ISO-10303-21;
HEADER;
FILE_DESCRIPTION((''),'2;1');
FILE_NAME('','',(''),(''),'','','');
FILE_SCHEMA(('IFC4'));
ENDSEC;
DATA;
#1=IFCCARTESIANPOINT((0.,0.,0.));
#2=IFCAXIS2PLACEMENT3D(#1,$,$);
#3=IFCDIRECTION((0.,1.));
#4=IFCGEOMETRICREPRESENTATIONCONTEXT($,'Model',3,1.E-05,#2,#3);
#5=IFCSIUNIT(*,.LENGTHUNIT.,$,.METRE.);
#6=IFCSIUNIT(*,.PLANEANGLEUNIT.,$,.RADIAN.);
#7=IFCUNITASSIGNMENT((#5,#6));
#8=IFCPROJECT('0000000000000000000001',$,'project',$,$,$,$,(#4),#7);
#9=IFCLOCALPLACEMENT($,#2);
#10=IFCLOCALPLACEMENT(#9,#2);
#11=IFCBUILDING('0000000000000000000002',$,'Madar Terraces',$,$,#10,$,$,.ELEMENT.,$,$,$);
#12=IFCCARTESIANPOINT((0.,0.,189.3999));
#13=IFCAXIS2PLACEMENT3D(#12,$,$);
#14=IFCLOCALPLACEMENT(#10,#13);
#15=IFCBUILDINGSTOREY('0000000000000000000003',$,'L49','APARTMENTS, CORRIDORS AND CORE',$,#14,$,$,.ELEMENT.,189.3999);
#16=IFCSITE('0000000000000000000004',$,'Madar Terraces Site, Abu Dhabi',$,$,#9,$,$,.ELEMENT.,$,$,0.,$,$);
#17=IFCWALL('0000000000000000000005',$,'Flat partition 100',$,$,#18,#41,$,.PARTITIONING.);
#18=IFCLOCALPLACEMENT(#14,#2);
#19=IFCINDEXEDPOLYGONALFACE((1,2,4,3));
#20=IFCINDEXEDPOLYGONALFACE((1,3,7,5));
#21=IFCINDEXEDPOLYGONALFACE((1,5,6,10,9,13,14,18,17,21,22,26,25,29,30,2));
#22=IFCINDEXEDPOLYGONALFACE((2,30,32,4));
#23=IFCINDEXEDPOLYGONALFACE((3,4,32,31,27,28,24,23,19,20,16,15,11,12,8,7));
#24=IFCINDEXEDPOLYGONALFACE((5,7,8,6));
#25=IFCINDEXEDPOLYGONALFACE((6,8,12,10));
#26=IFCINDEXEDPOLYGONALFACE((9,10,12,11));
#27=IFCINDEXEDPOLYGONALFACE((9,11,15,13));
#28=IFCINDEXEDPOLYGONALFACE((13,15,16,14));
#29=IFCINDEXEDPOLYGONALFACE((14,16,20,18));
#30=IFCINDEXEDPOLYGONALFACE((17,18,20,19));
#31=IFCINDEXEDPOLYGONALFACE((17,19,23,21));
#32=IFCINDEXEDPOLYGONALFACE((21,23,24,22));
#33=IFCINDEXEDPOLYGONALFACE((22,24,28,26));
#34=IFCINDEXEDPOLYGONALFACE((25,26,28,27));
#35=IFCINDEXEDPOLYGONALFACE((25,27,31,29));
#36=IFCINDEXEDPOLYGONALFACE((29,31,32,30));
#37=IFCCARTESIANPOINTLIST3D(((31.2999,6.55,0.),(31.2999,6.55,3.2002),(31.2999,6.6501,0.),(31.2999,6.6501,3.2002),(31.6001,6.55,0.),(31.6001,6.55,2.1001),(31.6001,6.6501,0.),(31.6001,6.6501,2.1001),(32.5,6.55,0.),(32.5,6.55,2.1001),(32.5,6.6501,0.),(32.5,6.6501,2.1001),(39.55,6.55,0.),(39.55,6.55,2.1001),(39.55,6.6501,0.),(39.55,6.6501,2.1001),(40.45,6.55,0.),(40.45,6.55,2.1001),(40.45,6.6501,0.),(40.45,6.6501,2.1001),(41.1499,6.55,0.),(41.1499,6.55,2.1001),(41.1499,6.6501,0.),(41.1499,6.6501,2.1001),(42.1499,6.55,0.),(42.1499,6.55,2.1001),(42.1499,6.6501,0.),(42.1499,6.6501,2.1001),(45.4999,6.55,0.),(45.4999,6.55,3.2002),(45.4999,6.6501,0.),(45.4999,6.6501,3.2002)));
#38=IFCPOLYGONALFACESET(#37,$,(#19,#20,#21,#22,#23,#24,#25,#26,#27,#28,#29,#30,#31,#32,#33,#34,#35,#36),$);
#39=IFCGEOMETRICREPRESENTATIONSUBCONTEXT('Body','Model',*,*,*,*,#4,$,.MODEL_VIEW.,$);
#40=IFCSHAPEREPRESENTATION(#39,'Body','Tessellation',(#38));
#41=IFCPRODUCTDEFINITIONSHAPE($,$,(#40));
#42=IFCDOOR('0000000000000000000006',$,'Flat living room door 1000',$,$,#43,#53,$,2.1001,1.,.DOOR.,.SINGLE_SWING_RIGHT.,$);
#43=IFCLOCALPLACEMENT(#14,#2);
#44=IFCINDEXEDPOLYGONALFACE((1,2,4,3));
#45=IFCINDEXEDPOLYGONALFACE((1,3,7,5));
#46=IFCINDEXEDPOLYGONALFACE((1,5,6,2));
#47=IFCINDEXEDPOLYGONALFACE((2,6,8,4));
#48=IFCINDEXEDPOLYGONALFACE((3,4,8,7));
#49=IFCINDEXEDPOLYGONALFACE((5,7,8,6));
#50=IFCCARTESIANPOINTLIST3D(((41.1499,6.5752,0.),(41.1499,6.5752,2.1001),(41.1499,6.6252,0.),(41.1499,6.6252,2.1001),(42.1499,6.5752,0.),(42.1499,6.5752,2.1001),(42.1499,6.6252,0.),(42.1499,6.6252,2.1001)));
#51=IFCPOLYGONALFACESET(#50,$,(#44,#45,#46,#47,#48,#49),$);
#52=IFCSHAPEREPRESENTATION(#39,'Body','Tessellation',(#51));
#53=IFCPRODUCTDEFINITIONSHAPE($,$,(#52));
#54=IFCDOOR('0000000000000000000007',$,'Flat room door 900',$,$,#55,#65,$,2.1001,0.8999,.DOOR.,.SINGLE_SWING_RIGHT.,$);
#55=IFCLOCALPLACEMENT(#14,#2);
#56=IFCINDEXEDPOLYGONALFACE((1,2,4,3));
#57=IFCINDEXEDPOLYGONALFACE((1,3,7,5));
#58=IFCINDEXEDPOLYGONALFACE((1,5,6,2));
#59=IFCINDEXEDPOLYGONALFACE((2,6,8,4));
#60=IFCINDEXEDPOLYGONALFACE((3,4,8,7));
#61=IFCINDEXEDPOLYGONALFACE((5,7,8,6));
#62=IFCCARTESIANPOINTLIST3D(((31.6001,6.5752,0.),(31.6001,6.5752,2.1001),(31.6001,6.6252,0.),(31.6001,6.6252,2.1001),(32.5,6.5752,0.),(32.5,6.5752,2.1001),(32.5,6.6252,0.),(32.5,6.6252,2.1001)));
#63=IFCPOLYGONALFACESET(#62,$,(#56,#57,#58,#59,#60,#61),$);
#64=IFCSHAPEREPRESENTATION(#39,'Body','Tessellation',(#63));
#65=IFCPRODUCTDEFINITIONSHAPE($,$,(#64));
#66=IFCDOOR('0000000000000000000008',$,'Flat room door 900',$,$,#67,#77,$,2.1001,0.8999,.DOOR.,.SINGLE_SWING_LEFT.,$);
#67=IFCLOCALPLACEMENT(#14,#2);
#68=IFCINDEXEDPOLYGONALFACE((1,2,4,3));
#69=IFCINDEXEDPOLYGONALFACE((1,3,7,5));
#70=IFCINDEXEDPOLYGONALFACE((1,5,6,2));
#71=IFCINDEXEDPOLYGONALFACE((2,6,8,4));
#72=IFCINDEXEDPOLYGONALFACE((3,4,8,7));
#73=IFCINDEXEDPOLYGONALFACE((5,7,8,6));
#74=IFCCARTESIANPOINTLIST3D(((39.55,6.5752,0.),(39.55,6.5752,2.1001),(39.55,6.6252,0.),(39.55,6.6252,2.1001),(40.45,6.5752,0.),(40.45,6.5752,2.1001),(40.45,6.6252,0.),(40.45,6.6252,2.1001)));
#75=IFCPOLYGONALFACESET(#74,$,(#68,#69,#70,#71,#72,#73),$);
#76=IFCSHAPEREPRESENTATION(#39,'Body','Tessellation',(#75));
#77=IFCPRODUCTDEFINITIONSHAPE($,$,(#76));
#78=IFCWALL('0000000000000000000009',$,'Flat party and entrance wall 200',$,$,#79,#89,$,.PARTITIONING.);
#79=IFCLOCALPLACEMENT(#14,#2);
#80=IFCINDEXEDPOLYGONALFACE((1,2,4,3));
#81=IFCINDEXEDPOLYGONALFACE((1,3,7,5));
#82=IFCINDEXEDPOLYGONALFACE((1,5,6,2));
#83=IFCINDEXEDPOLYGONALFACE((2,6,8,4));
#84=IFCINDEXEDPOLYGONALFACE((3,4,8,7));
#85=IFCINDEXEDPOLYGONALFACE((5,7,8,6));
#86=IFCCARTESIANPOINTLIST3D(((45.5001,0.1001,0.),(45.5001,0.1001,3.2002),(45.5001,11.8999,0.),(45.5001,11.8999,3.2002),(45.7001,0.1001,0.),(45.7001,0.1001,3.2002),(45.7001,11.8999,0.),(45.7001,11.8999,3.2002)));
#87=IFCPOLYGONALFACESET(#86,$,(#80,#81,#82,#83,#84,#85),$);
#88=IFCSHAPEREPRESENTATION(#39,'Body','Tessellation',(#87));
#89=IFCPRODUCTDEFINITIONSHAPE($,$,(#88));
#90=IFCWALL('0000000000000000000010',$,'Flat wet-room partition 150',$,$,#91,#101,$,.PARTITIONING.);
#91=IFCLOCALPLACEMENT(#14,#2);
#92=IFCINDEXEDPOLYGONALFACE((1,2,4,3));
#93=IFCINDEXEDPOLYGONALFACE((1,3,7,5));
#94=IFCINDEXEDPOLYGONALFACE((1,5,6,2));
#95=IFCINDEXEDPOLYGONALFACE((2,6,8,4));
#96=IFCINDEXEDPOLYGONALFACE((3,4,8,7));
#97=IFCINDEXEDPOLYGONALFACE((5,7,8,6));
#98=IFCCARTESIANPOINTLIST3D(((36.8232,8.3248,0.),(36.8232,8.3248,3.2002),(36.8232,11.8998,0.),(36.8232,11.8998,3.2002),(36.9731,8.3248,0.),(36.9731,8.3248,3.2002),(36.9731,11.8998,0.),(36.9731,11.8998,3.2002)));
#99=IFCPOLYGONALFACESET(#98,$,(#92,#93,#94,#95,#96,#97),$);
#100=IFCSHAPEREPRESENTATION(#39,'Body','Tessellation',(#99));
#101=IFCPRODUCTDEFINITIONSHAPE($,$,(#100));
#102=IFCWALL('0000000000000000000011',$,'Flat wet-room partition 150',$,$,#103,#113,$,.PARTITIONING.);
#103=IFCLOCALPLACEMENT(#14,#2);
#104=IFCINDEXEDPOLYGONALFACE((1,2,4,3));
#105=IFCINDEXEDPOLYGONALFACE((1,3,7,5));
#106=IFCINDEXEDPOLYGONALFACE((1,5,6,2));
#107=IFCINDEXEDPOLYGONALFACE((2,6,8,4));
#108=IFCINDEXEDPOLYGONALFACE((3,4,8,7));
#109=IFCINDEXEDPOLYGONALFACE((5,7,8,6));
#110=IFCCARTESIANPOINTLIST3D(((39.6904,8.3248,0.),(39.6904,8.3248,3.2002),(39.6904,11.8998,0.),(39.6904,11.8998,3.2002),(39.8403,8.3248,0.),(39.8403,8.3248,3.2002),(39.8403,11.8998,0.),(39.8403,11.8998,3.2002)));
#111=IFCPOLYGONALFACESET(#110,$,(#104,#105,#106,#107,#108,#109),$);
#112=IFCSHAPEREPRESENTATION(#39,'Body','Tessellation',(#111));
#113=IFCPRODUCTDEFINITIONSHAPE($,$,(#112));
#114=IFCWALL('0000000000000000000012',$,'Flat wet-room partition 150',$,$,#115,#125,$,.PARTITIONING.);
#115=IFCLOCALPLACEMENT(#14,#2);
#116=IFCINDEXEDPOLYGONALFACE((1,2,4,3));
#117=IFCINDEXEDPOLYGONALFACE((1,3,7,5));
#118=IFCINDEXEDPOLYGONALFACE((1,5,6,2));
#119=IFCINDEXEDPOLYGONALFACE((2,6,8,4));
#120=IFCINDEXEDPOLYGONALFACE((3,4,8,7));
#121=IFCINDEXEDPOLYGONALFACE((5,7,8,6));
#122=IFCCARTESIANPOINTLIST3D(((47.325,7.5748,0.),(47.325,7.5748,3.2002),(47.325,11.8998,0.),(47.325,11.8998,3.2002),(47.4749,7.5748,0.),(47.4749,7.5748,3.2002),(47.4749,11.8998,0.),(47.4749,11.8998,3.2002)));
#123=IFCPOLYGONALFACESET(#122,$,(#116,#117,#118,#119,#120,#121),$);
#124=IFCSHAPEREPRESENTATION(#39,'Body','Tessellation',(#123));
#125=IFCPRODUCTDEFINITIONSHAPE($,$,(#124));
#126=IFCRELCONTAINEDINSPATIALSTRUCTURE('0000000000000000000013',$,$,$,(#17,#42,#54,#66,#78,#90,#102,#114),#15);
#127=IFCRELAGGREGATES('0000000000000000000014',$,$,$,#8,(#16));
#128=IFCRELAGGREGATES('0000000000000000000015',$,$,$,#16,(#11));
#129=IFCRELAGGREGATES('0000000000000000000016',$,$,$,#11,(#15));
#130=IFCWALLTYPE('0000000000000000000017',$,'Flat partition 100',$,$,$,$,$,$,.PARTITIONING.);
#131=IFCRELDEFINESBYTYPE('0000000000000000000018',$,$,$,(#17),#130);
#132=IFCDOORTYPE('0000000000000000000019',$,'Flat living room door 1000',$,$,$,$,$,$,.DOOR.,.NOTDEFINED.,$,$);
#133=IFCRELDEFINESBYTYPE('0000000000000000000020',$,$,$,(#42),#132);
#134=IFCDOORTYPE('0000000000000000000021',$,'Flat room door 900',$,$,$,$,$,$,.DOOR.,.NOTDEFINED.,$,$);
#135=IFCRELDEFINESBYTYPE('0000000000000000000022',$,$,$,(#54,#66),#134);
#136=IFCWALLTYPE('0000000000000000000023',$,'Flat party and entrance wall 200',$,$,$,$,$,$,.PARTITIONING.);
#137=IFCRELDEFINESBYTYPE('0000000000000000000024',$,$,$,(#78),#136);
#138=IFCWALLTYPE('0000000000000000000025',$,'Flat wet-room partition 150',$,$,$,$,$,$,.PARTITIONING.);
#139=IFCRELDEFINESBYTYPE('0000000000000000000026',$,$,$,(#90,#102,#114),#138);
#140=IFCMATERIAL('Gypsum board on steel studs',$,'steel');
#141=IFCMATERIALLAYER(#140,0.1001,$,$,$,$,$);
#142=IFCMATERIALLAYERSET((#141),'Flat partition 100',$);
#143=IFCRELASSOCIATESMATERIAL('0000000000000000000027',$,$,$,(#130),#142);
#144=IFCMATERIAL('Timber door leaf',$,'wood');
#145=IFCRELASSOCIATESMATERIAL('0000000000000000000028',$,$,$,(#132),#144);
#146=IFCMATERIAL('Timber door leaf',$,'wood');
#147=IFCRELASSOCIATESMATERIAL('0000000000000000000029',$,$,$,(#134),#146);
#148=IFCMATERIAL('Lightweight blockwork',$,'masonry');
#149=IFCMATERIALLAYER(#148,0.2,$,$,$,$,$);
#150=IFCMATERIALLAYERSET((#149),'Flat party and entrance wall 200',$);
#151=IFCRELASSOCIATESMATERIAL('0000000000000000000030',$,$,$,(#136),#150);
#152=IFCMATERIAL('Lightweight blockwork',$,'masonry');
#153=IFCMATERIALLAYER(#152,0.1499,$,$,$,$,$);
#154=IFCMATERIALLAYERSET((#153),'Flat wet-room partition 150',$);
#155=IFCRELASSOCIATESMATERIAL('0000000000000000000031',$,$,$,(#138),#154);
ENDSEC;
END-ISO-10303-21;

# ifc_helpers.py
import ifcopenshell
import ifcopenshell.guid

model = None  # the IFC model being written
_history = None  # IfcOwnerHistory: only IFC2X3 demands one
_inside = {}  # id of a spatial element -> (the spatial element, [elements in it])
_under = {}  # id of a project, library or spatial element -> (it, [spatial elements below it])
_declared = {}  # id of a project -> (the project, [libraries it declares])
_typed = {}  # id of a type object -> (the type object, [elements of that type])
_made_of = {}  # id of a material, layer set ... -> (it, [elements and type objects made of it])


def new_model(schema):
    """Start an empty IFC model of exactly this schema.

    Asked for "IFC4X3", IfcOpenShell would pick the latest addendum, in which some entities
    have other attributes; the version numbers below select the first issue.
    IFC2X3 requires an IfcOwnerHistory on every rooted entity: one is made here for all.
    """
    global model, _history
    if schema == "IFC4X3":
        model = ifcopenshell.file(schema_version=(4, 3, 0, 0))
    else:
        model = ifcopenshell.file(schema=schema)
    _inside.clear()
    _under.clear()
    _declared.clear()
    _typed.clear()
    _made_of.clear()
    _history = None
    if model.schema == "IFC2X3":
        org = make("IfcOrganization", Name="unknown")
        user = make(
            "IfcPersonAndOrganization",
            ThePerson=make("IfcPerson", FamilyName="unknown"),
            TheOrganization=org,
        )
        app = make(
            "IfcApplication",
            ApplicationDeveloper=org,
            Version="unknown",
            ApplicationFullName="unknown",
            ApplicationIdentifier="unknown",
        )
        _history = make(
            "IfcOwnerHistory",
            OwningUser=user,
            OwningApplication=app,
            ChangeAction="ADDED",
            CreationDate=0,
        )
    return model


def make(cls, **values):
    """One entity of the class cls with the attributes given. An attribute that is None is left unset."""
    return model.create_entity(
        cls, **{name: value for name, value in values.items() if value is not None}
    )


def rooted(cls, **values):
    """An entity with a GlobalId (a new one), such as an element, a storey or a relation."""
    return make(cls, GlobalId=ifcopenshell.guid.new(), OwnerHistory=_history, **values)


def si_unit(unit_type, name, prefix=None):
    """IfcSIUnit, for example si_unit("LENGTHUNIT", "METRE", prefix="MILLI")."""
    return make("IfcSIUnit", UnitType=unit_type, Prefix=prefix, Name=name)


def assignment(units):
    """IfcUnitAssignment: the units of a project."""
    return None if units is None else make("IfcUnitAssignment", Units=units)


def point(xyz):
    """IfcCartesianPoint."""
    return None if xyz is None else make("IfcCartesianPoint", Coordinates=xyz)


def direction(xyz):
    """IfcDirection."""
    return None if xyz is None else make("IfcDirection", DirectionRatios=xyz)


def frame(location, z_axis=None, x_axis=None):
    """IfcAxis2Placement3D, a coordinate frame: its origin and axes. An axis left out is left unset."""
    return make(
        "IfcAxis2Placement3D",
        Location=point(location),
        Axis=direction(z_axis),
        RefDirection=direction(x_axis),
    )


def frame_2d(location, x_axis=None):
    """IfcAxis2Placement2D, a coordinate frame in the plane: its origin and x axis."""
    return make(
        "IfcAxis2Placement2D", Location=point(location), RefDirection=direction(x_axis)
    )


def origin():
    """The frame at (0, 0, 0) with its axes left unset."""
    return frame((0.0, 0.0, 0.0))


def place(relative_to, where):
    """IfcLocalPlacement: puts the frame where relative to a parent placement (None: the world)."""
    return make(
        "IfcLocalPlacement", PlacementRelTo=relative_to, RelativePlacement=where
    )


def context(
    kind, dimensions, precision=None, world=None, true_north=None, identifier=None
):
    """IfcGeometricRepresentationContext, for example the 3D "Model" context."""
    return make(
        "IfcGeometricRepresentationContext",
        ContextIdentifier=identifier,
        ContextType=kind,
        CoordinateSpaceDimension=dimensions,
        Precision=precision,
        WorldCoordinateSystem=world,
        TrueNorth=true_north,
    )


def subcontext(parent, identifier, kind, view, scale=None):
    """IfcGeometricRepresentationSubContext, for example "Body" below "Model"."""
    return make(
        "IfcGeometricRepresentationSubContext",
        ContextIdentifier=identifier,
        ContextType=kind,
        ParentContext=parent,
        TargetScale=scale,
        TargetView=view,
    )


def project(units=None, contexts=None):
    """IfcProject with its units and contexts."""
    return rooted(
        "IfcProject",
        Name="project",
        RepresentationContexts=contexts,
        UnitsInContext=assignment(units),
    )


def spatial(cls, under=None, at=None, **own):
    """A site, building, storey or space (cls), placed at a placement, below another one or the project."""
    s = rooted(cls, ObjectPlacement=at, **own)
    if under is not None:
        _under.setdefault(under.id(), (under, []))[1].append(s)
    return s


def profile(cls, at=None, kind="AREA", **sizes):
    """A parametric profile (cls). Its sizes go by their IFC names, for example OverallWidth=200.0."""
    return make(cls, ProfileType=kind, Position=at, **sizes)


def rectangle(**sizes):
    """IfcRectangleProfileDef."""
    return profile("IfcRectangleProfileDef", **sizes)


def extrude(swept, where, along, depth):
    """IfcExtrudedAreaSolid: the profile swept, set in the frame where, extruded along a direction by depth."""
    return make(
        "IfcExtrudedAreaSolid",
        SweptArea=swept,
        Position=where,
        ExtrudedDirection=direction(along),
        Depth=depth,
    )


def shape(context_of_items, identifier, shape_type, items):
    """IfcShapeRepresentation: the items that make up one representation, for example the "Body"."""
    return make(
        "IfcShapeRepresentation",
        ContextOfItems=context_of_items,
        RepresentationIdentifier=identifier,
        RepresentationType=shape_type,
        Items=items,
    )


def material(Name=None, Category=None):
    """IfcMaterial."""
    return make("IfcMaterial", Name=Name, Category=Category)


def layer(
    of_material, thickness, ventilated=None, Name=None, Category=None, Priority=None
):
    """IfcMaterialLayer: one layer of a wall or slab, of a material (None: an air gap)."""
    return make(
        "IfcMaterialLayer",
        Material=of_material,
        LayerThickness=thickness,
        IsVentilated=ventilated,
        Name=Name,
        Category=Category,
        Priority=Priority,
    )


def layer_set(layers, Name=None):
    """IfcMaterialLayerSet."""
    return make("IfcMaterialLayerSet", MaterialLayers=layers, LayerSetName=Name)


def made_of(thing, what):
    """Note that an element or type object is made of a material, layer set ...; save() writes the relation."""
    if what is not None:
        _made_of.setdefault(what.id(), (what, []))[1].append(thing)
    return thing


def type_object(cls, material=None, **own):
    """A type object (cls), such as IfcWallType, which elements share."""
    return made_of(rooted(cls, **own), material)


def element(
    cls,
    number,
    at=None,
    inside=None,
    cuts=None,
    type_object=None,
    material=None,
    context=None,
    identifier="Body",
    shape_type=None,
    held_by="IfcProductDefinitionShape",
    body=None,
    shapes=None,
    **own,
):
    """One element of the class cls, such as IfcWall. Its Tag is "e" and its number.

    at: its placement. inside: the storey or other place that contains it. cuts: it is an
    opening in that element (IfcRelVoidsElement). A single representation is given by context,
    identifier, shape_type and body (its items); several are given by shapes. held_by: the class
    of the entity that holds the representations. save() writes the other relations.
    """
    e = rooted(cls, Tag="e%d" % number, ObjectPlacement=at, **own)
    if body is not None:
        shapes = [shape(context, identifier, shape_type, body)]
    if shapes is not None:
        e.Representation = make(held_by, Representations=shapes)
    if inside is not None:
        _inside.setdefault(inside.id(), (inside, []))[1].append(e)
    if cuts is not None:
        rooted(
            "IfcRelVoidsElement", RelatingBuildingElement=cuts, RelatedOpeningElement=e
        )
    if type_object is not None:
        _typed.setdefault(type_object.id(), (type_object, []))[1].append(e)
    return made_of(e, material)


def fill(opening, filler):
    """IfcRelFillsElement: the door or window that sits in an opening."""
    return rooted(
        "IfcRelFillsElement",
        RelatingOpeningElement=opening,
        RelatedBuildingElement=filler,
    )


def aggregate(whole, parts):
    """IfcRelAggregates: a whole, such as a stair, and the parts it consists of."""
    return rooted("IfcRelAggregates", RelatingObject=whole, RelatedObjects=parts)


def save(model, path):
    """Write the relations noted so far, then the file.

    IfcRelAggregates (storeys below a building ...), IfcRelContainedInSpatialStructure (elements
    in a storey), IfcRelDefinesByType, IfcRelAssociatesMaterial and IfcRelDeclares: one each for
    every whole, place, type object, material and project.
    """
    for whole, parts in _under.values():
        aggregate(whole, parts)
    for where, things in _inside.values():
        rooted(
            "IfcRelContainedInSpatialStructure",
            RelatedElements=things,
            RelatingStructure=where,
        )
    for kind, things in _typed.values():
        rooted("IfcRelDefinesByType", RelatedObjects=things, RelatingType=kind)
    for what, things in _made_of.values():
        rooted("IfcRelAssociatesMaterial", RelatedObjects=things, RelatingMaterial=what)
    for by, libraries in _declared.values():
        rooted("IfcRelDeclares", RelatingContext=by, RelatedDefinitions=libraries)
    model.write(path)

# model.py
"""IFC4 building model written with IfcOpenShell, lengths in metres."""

from ifc_helpers import new_model, si_unit, direction, frame, frame_2d, origin, place, context, subcontext, project, spatial, rectangle, extrude, material, layer, layer_set, type_object, element, fill, save


model = new_model("IFC4")

# Units and contexts
model_context = context("Model", 3, precision=1e-05, world=origin(), true_north=direction((0.0, 1.0)))
body_context = subcontext(model_context, "Body", "Model", "MODEL_VIEW")
ifc_project = project(units=[si_unit("LENGTHUNIT", "METRE"), si_unit("PLANEANGLEUNIT", "RADIAN")], contexts=[model_context])

# Site, building, storey
site_placement = place(None, origin())
site = spatial("IfcSite", under=ifc_project, at=site_placement, Name="Madar Terraces Site, Abu Dhabi", CompositionType="ELEMENT", RefElevation=0.0)
building_placement = place(site_placement, origin())
building = spatial("IfcBuilding", under=site, at=building_placement, Name="Madar Terraces", CompositionType="ELEMENT")
storey_placement = place(building_placement, frame((0.0, 0.0, 189.3999)))
storey = spatial("IfcBuildingStorey", under=building, at=storey_placement, Name="L49", Description="APARTMENTS, CORRIDORS AND CORE", CompositionType="ELEMENT", Elevation=189.3999)

# Shared definitions
ifc_material_1 = material(Name="Gypsum board on steel studs", Category="steel")
ifc_layer_1 = layer(ifc_material_1, 0.1001)
ifc_layer_set_1 = layer_set([ifc_layer_1], Name="Flat partition 100")
wall_type_1 = type_object("IfcWallType", Name="Flat partition 100", PredefinedType="PARTITIONING", material=ifc_layer_set_1)

# Wall, openings, doors
wall_1_placement = place(storey_placement, frame((45.5, 6.6001, 0.0), z_axis=(0.0, 0.0, 1.0), x_axis=(-1.0, 0.0, 0.0)))
wall_1 = element("IfcWall", 1, at=wall_1_placement, inside=storey, type_object=wall_type_1, Name="Flat partition 100", PredefinedType="PARTITIONING", context=body_context, shape_type="SweptSolid", body=[
    extrude(rectangle(XDim=14.2, YDim=0.1001, at=frame_2d((7.1001, 0.0))), origin(), (0.0, 0.0, 1.0), 3.2002),
])
opening_1_placement = place(wall_1_placement, frame((13.0, 0.0, 0.0)))
opening_1 = element("IfcOpeningElement", 2, at=opening_1_placement, cuts=wall_1, PredefinedType="OPENING", context=body_context, shape_type="SweptSolid", body=[
    extrude(rectangle(XDim=0.8999, YDim=2.1001, at=frame_2d((0.45, 1.05))), frame((0.0, 0.0601, 0.0), z_axis=(0.0, -1.0, 0.0), x_axis=(1.0, 0.0, 0.0)), (0.0, 0.0, 1.0), 0.1201),
])
opening_2_placement = place(wall_1_placement, frame((5.05, 0.0, 0.0)))
opening_2 = element("IfcOpeningElement", 3, at=opening_2_placement, cuts=wall_1, PredefinedType="OPENING", context=body_context, shape_type="SweptSolid", body=[
    extrude(rectangle(XDim=0.8999, YDim=2.1001, at=frame_2d((0.45, 1.05))), frame((0.0, 0.0601, 0.0), z_axis=(0.0, -1.0, 0.0), x_axis=(1.0, 0.0, 0.0)), (0.0, 0.0, 1.0), 0.1201),
])
opening_3_placement = place(wall_1_placement, frame((3.3501, 0.0, 0.0)))
opening_3 = element("IfcOpeningElement", 4, at=opening_3_placement, cuts=wall_1, PredefinedType="OPENING", context=body_context, shape_type="SweptSolid", body=[
    extrude(rectangle(XDim=1.0, YDim=2.1001, at=frame_2d((0.5, 1.05))), frame((0.0, 0.0601, 0.0), z_axis=(0.0, -1.0, 0.0), x_axis=(1.0, 0.0, 0.0)), (0.0, 0.0, 1.0), 0.1201),
])
ifc_material_2 = material(Name="Timber door leaf", Category="wood")
door_type_1 = type_object("IfcDoorType", Name="Flat living room door 1000", OperationType="NOTDEFINED", PredefinedType="DOOR", material=ifc_material_2)
door_1_placement = place(opening_3_placement, origin())
door_1 = element("IfcDoor", 5, at=door_1_placement, inside=storey, type_object=door_type_1, Name="Flat living room door 1000", OperationType="SINGLE_SWING_RIGHT", OverallHeight=2.1001, OverallWidth=1.0, PredefinedType="DOOR", context=body_context, shape_type="SweptSolid", body=[
    extrude(rectangle(XDim=1.0, YDim=2.1001, at=frame_2d((0.5, 1.05))), frame((0.0, 0.0249, 0.0), z_axis=(0.0, -1.0, 0.0), x_axis=(1.0, 0.0, 0.0)), (0.0, 0.0, 1.0), 0.05),
])
fill(opening_3, door_1)
ifc_material_3 = material(Name="Timber door leaf", Category="wood")
door_type_2 = type_object("IfcDoorType", Name="Flat room door 900", OperationType="NOTDEFINED", PredefinedType="DOOR", material=ifc_material_3)
door_2_placement = place(opening_1_placement, origin())
door_2 = element("IfcDoor", 6, at=door_2_placement, inside=storey, type_object=door_type_2, Name="Flat room door 900", OperationType="SINGLE_SWING_RIGHT", OverallHeight=2.1001, OverallWidth=0.8999, PredefinedType="DOOR", context=body_context, shape_type="SweptSolid", body=[
    extrude(rectangle(XDim=0.8999, YDim=2.1001, at=frame_2d((0.45, 1.05))), frame((0.0, 0.0249, 0.0), z_axis=(0.0, -1.0, 0.0), x_axis=(1.0, 0.0, 0.0)), (0.0, 0.0, 1.0), 0.05),
])
fill(opening_1, door_2)
door_3_placement = place(opening_2_placement, origin())
door_3 = element("IfcDoor", 7, at=door_3_placement, inside=storey, type_object=door_type_2, Name="Flat room door 900", OperationType="SINGLE_SWING_LEFT", OverallHeight=2.1001, OverallWidth=0.8999, PredefinedType="DOOR", context=body_context, shape_type="SweptSolid", body=[
    extrude(rectangle(XDim=0.8999, YDim=2.1001, at=frame_2d((0.45, 1.05))), frame((0.0, 0.0249, 0.0), z_axis=(0.0, -1.0, 0.0), x_axis=(1.0, 0.0, 0.0)), (0.0, 0.0, 1.0), 0.05),
])
fill(opening_2, door_3)

# Walls
ifc_material_4 = material(Name="Lightweight blockwork", Category="masonry")
ifc_layer_2 = layer(ifc_material_4, 0.2)
ifc_layer_set_2 = layer_set([ifc_layer_2], Name="Flat party and entrance wall 200")
wall_type_2 = type_object("IfcWallType", Name="Flat party and entrance wall 200", PredefinedType="PARTITIONING", material=ifc_layer_set_2)
wall_2_placement = place(storey_placement, frame((45.6001, 11.8999, 0.0), z_axis=(0.0, 0.0, 1.0), x_axis=(0.0, -1.0, 0.0)))
element("IfcWall", 8, at=wall_2_placement, inside=storey, type_object=wall_type_2, Name="Flat party and entrance wall 200", PredefinedType="PARTITIONING", context=body_context, shape_type="SweptSolid", body=[
    extrude(rectangle(XDim=11.7998, YDim=0.2, at=frame_2d((5.8999, 0.0))), origin(), (0.0, 0.0, 1.0), 3.2002),
])
ifc_material_5 = material(Name="Lightweight blockwork", Category="masonry")
ifc_layer_3 = layer(ifc_material_5, 0.1499)
ifc_layer_set_3 = layer_set([ifc_layer_3], Name="Flat wet-room partition 150")
wall_type_3 = type_object("IfcWallType", Name="Flat wet-room partition 150", PredefinedType="PARTITIONING", material=ifc_layer_set_3)
for number, where, z_axis, x_axis, name in (
    (9, (36.8982, 11.8999, 0.0), (0.0, 0.0, 1.0), (0.0, -1.0, 0.0), "Flat wet-room partition 150"),
    (10, (39.7654, 11.8999, 0.0), (0.0, 0.0, 1.0), (0.0, -1.0, 0.0), "Flat wet-room partition 150"),
):
    element("IfcWall", number, at=place(storey_placement, frame(where, z_axis=z_axis, x_axis=x_axis)), inside=storey, type_object=wall_type_3, Name=name, PredefinedType="PARTITIONING", context=body_context, shape_type="SweptSolid", body=[
        extrude(rectangle(XDim=3.575, YDim=0.1499, at=frame_2d((1.7876, 0.0))), origin(), (0.0, 0.0, 1.0), 3.2002),
    ])
wall_3_placement = place(storey_placement, frame((47.3999, 11.8999, 0.0), z_axis=(0.0, 0.0, 1.0), x_axis=(0.0, -1.0, 0.0)))
element("IfcWall", 11, at=wall_3_placement, inside=storey, type_object=wall_type_3, Name="Flat wet-room partition 150", PredefinedType="PARTITIONING", context=body_context, shape_type="SweptSolid", body=[
    extrude(rectangle(XDim=4.325, YDim=0.1499, at=frame_2d((2.1626, 0.0))), origin(), (0.0, 0.0, 1.0), 3.2002),
])

save(model, "model.ifc")
